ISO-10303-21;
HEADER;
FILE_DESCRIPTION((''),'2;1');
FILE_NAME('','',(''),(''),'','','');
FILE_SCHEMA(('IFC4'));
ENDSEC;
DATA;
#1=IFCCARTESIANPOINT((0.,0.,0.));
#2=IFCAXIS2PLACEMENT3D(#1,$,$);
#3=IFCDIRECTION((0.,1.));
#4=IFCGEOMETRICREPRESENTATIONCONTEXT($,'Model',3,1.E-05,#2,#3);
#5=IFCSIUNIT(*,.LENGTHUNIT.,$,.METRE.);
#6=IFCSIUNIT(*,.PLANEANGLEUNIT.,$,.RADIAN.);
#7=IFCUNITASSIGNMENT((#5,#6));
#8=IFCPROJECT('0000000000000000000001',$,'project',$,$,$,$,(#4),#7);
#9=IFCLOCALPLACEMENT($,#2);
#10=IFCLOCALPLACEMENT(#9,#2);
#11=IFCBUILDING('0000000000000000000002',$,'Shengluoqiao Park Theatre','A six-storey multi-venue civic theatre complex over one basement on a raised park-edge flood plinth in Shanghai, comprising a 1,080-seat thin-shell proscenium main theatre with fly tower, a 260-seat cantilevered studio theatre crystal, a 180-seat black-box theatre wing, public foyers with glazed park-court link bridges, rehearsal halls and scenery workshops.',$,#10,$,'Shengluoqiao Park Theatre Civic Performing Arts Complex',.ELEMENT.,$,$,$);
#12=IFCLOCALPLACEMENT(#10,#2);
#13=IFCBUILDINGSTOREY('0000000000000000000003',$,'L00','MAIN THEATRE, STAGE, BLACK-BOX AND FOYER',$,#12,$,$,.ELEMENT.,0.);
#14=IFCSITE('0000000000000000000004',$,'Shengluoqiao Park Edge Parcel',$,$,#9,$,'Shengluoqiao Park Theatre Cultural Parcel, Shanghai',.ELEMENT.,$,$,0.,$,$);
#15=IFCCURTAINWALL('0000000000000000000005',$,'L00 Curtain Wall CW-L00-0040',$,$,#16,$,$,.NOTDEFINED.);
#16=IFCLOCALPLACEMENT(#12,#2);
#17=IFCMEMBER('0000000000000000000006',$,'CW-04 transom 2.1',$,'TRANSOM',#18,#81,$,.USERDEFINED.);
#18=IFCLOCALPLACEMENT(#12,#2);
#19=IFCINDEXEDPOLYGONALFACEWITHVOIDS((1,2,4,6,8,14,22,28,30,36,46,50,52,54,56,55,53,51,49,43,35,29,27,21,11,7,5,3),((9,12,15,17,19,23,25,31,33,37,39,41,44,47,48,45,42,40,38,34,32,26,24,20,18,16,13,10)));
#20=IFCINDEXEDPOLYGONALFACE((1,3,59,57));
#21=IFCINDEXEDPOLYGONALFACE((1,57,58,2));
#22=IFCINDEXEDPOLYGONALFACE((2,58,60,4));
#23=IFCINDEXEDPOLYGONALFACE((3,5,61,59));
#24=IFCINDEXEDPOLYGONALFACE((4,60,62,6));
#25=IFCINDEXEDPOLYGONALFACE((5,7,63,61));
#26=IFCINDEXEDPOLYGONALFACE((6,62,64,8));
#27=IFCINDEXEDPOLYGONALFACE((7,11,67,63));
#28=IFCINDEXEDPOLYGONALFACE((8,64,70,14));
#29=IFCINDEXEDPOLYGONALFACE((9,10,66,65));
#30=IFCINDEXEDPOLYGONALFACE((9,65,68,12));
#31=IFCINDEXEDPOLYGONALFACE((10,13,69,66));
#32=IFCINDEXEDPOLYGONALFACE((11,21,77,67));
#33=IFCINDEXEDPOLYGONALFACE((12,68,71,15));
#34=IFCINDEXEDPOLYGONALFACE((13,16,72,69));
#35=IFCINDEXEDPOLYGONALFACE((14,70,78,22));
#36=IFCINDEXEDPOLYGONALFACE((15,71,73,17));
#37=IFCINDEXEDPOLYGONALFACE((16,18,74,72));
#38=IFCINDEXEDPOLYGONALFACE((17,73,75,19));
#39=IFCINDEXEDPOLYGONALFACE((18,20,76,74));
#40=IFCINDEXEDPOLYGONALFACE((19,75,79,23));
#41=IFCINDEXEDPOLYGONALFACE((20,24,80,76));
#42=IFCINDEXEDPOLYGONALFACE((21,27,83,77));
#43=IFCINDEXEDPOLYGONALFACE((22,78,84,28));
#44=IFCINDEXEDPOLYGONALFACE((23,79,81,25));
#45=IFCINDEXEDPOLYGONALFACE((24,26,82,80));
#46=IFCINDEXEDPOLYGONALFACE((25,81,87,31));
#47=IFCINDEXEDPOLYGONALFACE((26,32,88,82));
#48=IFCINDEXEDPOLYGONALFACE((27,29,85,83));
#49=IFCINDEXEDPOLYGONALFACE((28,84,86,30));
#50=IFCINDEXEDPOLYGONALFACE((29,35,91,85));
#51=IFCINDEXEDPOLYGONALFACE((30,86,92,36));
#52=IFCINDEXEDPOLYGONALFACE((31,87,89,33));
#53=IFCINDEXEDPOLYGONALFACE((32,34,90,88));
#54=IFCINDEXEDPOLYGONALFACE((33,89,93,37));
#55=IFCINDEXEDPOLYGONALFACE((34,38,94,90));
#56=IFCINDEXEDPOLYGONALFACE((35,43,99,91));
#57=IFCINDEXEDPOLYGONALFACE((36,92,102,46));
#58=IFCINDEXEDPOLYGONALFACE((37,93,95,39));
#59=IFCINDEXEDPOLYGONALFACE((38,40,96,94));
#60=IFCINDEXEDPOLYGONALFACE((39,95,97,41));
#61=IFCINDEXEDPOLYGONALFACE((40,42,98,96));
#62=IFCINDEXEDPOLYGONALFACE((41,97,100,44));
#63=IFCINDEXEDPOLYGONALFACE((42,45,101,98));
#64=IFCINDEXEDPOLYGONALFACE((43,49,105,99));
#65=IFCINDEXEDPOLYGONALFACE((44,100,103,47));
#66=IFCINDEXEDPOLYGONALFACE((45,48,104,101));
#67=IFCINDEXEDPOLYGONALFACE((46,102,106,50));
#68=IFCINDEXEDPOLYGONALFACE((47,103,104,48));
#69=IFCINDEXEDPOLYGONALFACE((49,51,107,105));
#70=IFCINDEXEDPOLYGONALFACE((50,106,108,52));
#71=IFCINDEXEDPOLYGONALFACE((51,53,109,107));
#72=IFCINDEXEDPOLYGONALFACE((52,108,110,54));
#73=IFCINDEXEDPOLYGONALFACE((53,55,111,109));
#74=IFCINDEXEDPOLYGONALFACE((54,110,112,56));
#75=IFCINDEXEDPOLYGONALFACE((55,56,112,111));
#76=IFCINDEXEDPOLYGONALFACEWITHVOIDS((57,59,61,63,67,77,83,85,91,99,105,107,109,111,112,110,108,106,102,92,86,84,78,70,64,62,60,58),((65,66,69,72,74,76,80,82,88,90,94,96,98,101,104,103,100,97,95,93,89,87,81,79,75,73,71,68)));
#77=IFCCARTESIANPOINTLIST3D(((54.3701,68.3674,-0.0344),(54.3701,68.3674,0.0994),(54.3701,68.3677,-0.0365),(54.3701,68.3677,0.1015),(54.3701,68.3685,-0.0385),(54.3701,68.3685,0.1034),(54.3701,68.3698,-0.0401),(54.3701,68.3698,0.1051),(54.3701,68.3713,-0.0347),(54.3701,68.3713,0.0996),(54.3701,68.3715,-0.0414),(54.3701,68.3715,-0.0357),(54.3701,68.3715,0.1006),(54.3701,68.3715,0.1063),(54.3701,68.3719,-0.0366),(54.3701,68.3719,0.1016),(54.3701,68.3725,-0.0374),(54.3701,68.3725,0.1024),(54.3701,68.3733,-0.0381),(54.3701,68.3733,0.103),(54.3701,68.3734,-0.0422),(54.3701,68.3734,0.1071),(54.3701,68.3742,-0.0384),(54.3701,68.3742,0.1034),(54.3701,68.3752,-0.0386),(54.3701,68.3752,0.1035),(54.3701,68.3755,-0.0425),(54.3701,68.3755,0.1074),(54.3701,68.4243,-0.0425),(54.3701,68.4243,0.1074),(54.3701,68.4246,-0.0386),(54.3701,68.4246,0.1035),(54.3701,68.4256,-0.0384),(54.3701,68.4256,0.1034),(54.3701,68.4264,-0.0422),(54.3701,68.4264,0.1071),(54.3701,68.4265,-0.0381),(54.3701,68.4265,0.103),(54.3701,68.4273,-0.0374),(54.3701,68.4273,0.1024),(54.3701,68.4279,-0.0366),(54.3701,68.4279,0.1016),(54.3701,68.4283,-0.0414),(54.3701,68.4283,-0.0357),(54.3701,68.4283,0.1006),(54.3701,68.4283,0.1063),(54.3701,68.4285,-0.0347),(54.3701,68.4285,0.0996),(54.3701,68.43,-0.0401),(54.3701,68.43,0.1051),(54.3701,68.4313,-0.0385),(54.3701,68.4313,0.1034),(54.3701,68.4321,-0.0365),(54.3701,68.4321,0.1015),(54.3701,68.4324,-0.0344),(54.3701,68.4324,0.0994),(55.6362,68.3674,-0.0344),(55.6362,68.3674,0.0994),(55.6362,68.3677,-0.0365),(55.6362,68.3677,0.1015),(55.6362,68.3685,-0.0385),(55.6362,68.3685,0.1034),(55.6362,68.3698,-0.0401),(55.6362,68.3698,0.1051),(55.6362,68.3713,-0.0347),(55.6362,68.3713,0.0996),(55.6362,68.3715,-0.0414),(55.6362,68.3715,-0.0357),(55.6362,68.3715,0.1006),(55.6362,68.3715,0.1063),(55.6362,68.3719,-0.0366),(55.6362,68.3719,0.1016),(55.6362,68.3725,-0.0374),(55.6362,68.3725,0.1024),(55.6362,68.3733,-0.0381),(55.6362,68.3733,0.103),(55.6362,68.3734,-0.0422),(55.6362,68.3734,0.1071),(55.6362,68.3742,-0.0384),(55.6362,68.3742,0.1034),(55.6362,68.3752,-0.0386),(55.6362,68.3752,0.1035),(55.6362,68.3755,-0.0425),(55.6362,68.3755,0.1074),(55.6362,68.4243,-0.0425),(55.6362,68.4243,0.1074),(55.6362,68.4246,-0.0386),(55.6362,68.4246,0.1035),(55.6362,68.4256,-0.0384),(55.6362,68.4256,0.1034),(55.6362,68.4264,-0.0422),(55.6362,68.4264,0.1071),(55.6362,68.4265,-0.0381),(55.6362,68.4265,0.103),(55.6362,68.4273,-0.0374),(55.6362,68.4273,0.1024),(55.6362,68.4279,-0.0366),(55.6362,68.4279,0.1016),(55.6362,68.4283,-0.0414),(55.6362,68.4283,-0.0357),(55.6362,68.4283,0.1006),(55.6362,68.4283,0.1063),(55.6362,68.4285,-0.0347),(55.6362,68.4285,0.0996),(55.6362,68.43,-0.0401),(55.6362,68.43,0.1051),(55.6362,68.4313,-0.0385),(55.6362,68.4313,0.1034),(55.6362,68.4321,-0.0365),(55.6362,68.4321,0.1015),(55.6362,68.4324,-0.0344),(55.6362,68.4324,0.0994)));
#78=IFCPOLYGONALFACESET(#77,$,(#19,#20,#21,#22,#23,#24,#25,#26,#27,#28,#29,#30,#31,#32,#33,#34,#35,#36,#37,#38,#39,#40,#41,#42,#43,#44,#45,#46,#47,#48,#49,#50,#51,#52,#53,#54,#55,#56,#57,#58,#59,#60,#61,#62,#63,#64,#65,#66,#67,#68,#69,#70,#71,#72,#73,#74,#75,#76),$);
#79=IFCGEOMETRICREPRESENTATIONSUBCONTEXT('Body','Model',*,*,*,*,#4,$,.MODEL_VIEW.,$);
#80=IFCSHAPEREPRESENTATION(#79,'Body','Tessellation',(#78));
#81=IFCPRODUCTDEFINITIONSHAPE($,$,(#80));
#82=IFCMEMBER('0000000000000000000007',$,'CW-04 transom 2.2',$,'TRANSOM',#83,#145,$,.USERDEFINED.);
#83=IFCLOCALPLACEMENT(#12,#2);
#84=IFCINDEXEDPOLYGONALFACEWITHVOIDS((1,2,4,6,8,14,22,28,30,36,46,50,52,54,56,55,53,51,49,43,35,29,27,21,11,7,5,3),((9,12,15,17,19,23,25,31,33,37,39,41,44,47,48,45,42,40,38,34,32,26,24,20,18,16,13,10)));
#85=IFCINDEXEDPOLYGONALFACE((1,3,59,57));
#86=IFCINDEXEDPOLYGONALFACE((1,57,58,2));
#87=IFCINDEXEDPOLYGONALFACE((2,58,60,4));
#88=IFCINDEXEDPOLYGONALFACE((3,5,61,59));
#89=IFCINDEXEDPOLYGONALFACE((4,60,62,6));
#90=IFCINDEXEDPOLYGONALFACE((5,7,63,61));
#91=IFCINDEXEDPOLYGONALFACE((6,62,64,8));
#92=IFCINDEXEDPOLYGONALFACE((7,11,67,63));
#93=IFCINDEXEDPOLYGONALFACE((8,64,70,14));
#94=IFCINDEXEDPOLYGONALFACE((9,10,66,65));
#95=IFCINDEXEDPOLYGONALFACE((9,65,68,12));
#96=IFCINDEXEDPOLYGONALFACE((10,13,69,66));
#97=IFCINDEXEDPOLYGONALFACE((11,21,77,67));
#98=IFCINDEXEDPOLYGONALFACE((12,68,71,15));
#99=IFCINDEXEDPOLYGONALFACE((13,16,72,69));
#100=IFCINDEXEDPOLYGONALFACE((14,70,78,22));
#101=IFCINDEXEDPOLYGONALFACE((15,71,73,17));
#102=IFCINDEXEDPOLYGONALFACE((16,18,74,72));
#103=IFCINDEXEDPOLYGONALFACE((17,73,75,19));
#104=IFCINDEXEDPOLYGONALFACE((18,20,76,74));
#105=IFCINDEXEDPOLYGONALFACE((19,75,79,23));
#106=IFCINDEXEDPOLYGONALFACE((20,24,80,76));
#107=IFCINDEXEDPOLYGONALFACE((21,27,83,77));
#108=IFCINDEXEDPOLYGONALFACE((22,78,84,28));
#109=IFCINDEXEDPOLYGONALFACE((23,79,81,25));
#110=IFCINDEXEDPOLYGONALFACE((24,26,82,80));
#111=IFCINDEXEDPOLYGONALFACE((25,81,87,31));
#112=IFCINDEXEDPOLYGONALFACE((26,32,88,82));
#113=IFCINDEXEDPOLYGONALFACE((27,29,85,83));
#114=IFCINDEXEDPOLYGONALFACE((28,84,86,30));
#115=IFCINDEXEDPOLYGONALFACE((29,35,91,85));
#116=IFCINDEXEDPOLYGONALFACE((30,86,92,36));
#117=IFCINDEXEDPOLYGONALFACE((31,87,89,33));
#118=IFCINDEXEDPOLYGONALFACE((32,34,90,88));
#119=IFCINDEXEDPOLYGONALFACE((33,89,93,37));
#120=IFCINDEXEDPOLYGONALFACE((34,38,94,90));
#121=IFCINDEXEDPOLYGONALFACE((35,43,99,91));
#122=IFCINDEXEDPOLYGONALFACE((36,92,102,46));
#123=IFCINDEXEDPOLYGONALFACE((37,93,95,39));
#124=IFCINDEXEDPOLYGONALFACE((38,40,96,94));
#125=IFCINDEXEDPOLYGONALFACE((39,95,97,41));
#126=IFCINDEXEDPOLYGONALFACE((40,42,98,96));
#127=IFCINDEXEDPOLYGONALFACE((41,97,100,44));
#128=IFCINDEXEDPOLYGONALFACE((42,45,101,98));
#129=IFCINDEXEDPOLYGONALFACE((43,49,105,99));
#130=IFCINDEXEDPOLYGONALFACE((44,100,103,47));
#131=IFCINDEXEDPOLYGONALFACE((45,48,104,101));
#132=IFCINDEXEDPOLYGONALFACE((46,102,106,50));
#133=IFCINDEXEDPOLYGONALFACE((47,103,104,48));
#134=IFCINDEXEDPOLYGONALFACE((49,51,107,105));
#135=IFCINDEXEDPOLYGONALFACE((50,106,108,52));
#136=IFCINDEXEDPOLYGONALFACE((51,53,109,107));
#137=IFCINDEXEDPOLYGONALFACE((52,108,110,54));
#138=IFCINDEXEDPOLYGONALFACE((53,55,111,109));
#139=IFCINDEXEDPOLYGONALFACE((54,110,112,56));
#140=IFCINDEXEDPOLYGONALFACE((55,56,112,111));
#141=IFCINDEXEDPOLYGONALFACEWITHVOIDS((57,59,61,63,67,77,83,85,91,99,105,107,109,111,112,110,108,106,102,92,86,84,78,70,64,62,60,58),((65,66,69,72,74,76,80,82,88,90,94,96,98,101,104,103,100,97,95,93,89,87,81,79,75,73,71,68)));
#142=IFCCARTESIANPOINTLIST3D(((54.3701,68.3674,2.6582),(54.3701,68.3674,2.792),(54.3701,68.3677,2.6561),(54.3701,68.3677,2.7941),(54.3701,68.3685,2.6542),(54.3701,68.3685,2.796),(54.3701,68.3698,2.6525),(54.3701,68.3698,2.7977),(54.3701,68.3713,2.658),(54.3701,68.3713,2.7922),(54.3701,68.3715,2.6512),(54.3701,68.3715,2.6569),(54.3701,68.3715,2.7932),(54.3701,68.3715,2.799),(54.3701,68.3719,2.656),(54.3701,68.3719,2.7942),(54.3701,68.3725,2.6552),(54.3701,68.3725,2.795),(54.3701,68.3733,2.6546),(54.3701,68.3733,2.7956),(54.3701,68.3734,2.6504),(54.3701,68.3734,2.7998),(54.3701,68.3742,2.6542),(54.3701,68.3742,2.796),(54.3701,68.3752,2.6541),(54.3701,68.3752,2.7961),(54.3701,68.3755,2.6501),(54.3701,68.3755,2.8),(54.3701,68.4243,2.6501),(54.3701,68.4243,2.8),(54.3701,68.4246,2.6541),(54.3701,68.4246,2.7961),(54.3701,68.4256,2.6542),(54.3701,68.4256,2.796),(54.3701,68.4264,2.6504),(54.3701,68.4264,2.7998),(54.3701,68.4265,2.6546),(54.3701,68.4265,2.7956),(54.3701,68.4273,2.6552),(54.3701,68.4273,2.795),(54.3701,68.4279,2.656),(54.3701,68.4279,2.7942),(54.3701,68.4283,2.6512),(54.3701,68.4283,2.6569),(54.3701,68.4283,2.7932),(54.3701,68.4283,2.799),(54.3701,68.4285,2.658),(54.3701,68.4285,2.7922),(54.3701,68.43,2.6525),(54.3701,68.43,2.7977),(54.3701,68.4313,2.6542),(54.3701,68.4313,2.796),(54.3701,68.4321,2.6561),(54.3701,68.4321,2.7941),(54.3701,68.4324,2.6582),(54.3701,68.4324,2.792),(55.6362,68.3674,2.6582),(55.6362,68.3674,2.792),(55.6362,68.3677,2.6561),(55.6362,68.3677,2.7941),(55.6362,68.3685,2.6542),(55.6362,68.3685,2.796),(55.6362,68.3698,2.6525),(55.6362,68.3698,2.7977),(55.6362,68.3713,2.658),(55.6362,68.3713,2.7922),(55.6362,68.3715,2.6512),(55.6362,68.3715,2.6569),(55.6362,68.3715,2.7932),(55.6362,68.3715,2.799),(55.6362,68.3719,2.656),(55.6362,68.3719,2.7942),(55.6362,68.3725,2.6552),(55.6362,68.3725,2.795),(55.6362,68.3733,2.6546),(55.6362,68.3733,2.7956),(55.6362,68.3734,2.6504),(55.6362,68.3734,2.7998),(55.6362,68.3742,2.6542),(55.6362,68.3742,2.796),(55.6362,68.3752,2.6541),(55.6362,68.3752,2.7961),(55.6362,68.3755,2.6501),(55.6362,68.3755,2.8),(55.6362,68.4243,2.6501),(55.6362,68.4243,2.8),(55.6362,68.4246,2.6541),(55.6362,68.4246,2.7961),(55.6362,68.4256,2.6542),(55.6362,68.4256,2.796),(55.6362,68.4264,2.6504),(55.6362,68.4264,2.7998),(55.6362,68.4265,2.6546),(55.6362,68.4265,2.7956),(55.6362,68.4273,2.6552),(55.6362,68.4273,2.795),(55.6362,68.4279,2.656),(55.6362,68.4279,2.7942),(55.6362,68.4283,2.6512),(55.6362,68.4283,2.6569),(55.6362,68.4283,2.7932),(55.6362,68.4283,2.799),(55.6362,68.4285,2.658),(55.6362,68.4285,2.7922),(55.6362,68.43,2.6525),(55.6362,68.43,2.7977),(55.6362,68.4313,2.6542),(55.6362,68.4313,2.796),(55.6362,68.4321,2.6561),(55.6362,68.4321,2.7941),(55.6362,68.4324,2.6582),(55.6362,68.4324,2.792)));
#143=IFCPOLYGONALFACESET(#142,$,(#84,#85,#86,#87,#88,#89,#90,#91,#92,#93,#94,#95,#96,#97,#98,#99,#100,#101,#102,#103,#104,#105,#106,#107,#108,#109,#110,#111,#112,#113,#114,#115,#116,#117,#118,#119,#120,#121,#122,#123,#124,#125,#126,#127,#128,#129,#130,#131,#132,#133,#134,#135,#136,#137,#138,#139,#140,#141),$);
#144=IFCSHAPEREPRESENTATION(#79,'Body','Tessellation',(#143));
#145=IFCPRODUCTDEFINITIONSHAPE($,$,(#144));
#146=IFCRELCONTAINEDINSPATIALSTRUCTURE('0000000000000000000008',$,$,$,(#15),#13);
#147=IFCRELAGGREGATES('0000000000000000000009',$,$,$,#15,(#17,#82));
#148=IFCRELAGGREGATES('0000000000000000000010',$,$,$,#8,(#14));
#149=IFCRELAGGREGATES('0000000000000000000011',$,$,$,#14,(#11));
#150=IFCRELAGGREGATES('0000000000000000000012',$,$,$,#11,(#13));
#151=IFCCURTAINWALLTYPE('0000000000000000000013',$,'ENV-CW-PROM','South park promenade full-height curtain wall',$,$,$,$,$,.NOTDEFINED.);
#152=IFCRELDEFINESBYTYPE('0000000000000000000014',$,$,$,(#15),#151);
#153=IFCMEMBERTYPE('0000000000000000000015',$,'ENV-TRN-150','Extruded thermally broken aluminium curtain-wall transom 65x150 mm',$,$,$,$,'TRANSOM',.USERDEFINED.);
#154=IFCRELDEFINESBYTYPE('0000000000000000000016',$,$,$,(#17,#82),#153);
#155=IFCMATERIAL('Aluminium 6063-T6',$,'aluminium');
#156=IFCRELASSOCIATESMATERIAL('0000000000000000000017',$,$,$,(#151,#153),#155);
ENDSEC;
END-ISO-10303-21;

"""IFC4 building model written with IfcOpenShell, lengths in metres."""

from ifc_helpers import new_model, si_unit, direction, frame, origin, origin_2d, place, context, subcontext, project, spatial, hollow_rectangle, extrude, material, material_profile, profile_set, type_object, element, aggregate, save


model = new_model("IFC4")

# Units and contexts
model_context = context("Model", 3, precision=1e-05, world=origin(), true_north=direction((0.0, 1.0)))
body_context = subcontext(model_context, "Body", "Model", "MODEL_VIEW")
ifc_project = project(units=[si_unit("LENGTHUNIT", "METRE"), si_unit("PLANEANGLEUNIT", "RADIAN")], contexts=[model_context])

# Site, building, storey
site_placement = place(None, origin())
site = spatial("IfcSite", under=ifc_project, at=site_placement, Name="Shengluoqiao Park Edge Parcel", LongName="Shengluoqiao Park Theatre Cultural Parcel, Shanghai", CompositionType="ELEMENT", RefElevation=0.0)
building_placement = place(site_placement, origin())
building = spatial("IfcBuilding", under=site, at=building_placement, Name="Shengluoqiao Park Theatre", Description="A six-storey multi-venue civic theatre complex over one basement on a raised park-edge flood plinth in Shanghai, comprising a 1,080-seat thin-shell proscenium main theatre with fly tower, a 260-seat cantilevered studio theatre crystal, a 180-seat black-box theatre wing, public foyers with glazed park-court link bridges, rehearsal halls and scenery workshops.", LongName="Shengluoqiao Park Theatre Civic Performing Arts Complex", CompositionType="ELEMENT")
storey_placement = place(building_placement, origin())
storey = spatial("IfcBuildingStorey", under=building, at=storey_placement, Name="L00", Description="MAIN THEATRE, STAGE, BLACK-BOX AND FOYER", CompositionType="ELEMENT", Elevation=0.0)

# Curtain wall, members
ifc_material_1 = material(Name="Aluminium 6063-T6", Category="aluminium")
curtain_wall_type = type_object("IfcCurtainWallType", Name="ENV-CW-PROM", Description="South park promenade full-height curtain wall", PredefinedType="NOTDEFINED", material=ifc_material_1)
curtain_wall_placement = place(storey_placement, origin())
curtain_wall = element("IfcCurtainWall", 1, at=curtain_wall_placement, inside=storey, type_object=curtain_wall_type, Name="L00 Curtain Wall CW-L00-0040", PredefinedType="NOTDEFINED")
ifc_material_profile_1 = material_profile(ifc_material_1, hollow_rectangle(XDim=0.0649, YDim=0.1499, WallThickness=0.0039, InnerFilletRadius=0.0039, OuterFilletRadius=0.0081, at=origin_2d()), Name="ALU TRANSOM 150x65x4")
ifc_profile_set_1 = profile_set([ifc_material_profile_1], Name="Aluminium 6063-T6")
member_type_1 = type_object("IfcMemberType", Name="ENV-TRN-150", Description="Extruded thermally broken aluminium curtain-wall transom 65x150 mm", ElementType="TRANSOM", PredefinedType="USERDEFINED", material=ifc_profile_set_1)
member_1_placement = place(storey_placement, frame((54.3701, 68.3999, 0.0325), z_axis=(1.0, 0.0, 0.0), x_axis=(0.0, 1.0, 0.0)))
member_1 = element("IfcMember", 2, at=member_1_placement, type_object=member_type_1, Name="CW-04 transom 2.1", ObjectType="TRANSOM", PredefinedType="USERDEFINED", context=body_context, shape_type="SweptSolid", body=[
    extrude(hollow_rectangle(XDim=0.0649, YDim=0.1499, WallThickness=0.0039, InnerFilletRadius=0.0039, OuterFilletRadius=0.0081, at=origin_2d()), origin(), (0.0, 0.0, 1.0), 1.2661),
])
member_2_placement = place(storey_placement, frame((54.3701, 68.3999, 2.7251), z_axis=(1.0, 0.0, 0.0), x_axis=(0.0, 1.0, 0.0)))
member_2 = element("IfcMember", 3, at=member_2_placement, type_object=member_type_1, Name="CW-04 transom 2.2", ObjectType="TRANSOM", PredefinedType="USERDEFINED", context=body_context, shape_type="SweptSolid", body=[
    extrude(hollow_rectangle(XDim=0.0649, YDim=0.1499, WallThickness=0.0039, InnerFilletRadius=0.0039, OuterFilletRadius=0.0081, at=origin_2d()), origin(), (0.0, 0.0, 1.0), 1.2661),
])
aggregate(curtain_wall, [member_1, member_2])

save(model, "model.ifc")
